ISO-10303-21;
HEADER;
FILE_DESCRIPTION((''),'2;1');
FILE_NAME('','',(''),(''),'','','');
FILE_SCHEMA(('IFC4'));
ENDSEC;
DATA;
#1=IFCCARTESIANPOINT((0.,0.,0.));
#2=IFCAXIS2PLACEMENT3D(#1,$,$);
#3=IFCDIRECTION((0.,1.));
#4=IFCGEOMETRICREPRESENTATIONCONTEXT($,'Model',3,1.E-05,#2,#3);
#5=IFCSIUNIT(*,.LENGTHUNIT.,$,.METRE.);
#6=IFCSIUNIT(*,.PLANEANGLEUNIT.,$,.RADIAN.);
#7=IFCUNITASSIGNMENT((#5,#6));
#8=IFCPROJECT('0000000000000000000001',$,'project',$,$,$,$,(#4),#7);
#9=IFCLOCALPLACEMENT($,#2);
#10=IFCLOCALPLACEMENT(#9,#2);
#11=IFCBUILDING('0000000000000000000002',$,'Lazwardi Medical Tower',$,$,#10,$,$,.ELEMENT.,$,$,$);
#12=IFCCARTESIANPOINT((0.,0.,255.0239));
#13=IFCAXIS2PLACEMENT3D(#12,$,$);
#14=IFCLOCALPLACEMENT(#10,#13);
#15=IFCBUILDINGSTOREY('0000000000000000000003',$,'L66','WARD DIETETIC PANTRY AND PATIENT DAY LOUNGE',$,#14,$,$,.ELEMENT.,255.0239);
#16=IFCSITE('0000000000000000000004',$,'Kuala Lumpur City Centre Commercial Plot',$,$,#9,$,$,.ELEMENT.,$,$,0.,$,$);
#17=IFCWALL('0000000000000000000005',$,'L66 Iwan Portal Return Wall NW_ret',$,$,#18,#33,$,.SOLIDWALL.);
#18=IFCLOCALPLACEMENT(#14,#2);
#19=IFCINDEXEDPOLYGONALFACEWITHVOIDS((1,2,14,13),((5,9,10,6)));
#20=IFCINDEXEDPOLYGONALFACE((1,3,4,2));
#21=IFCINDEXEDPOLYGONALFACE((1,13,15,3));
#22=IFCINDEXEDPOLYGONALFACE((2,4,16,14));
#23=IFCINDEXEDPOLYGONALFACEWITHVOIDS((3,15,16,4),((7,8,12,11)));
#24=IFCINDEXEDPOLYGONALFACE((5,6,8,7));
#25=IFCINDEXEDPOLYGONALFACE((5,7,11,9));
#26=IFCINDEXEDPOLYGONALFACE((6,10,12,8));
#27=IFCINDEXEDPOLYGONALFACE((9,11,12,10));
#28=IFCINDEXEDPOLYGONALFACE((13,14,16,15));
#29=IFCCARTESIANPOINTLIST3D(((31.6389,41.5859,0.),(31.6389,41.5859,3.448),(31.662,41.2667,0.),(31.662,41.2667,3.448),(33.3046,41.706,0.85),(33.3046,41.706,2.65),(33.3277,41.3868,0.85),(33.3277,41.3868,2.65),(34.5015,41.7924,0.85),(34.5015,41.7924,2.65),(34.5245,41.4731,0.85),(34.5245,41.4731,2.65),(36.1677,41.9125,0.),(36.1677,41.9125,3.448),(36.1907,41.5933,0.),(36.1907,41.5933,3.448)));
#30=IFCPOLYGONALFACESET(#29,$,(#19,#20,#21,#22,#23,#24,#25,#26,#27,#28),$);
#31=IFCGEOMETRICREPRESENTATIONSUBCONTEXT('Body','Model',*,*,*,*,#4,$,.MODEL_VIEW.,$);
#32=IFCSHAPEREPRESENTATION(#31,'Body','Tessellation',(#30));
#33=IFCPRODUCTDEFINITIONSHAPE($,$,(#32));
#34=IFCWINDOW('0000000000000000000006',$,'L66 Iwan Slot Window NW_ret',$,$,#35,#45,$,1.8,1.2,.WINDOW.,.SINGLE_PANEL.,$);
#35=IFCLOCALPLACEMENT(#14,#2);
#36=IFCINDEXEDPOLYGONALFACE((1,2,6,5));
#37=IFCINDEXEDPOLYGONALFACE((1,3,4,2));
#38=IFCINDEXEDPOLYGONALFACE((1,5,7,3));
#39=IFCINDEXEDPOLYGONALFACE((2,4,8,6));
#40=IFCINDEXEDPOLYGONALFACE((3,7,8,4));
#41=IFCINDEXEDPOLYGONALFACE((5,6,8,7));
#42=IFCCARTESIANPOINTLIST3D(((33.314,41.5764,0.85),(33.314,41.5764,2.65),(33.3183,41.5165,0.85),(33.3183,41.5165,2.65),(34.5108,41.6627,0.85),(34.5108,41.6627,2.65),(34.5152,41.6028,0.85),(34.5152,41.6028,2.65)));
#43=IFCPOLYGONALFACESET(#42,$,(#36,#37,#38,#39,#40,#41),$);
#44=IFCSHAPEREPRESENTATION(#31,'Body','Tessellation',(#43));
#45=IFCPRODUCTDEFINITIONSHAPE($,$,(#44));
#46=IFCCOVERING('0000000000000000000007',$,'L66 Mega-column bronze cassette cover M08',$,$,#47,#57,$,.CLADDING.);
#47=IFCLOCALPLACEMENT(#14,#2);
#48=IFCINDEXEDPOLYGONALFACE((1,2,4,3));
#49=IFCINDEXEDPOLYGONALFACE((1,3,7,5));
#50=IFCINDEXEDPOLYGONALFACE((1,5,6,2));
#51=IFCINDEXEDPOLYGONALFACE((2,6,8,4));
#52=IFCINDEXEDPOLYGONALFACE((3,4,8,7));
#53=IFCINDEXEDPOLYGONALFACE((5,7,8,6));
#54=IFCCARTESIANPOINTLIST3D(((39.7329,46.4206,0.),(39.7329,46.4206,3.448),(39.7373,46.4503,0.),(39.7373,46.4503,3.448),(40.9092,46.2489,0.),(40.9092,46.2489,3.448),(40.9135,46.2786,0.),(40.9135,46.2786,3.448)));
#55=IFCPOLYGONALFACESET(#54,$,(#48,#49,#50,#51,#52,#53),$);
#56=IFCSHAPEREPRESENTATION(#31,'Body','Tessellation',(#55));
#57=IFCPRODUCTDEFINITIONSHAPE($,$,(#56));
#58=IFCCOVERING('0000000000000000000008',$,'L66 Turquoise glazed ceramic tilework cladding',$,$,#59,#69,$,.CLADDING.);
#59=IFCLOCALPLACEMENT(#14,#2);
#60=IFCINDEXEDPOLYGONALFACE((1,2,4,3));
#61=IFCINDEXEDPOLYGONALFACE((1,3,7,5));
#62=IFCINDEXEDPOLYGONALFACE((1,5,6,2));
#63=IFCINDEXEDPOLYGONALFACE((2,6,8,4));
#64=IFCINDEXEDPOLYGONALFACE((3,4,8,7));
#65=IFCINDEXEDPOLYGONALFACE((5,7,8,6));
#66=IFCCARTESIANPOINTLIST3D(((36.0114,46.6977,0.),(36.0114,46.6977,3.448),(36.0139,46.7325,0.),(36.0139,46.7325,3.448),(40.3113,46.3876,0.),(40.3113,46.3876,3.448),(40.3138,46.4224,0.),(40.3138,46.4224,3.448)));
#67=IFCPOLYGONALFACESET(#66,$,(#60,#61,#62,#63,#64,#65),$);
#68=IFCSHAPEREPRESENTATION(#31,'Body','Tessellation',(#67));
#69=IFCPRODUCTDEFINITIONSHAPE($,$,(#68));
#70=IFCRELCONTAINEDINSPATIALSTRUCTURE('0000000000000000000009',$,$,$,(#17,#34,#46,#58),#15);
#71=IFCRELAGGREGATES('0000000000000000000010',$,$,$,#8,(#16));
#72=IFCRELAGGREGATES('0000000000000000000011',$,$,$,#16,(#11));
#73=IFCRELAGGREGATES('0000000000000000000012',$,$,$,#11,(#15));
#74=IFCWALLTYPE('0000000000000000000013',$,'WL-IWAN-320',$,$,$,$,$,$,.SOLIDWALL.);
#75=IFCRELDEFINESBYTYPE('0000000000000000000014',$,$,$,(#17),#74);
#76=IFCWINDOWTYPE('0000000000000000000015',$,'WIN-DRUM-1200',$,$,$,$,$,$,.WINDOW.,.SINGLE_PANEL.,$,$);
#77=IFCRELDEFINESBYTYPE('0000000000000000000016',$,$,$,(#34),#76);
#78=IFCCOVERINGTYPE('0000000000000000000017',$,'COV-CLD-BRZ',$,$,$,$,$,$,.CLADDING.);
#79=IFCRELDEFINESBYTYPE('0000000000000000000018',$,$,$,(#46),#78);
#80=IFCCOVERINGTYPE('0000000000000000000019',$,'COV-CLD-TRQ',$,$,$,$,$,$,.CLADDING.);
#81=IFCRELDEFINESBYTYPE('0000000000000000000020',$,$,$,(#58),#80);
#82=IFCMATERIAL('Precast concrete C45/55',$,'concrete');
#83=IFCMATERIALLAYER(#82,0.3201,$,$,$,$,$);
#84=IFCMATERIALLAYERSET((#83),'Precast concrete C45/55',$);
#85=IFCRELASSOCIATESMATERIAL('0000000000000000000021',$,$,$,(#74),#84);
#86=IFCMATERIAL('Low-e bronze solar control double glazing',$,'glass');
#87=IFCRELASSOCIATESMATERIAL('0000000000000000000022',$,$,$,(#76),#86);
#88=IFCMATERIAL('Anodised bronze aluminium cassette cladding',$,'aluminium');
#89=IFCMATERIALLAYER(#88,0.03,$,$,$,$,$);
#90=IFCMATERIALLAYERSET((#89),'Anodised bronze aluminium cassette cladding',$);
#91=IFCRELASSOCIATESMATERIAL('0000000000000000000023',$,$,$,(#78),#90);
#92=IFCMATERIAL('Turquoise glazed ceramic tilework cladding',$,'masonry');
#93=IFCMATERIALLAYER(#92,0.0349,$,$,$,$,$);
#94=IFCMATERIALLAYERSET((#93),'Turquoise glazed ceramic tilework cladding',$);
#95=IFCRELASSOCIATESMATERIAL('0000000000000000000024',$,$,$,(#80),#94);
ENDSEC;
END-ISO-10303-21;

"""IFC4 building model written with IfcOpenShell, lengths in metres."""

from ifc_helpers import new_model, si_unit, direction, frame, frame_2d, origin, origin_2d, place, context, subcontext, project, spatial, rectangle, extrude, material, layer, layer_set, type_object, element, fill, save


model = new_model("IFC4")

# Units and contexts
model_context = context("Model", 3, precision=1e-05, world=origin(), true_north=direction((0.0, 1.0)))
body_context = subcontext(model_context, "Body", "Model", "MODEL_VIEW")
ifc_project = project(units=[si_unit("LENGTHUNIT", "METRE"), si_unit("PLANEANGLEUNIT", "RADIAN")], contexts=[model_context])

# Site, building, storey
site_placement = place(None, origin())
site = spatial("IfcSite", under=ifc_project, at=site_placement, Name="Kuala Lumpur City Centre Commercial Plot", CompositionType="ELEMENT", RefElevation=0.0)
building_placement = place(site_placement, origin())
building = spatial("IfcBuilding", under=site, at=building_placement, Name="Lazwardi Medical Tower", CompositionType="ELEMENT")
storey_placement = place(building_placement, frame((0.0, 0.0, 255.0239)))
storey = spatial("IfcBuildingStorey", under=building, at=storey_placement, Name="L66", Description="WARD DIETETIC PANTRY AND PATIENT DAY LOUNGE", CompositionType="ELEMENT", Elevation=255.0239)

# Shared definitions
ifc_material_1 = material(Name="Low-e bronze solar control double glazing", Category="glass")

# Wall, opening, window
ifc_material_2 = material(Name="Precast concrete C45/55", Category="concrete")
ifc_layer_1 = layer(ifc_material_2, 0.3201)
ifc_layer_set_1 = layer_set([ifc_layer_1], Name="Precast concrete C45/55")
wall_type = type_object("IfcWallType", Name="WL-IWAN-320", PredefinedType="SOLIDWALL", material=ifc_layer_set_1)
wall_1_placement = place(storey_placement, frame((36.1792, 41.7529, 0.0), z_axis=(0.0, 0.0, 1.0), x_axis=(-0.997409, -0.071942, 0.0)))
wall_1 = element("IfcWall", 1, at=wall_1_placement, inside=storey, type_object=wall_type, Name="L66 Iwan Portal Return Wall NW_ret", PredefinedType="SOLIDWALL", context=body_context, shape_type="SweptSolid", body=[
    extrude(rectangle(XDim=4.5405, YDim=0.3201, at=frame_2d((2.2703, 0.0))), origin(), (0.0, 0.0, 1.0), 3.448),
])
opening_1_placement = place(wall_1_placement, frame((1.6704, 0.0, 0.8501)))
opening_1 = element("IfcOpeningElement", 2, at=opening_1_placement, cuts=wall_1, PredefinedType="OPENING", context=body_context, shape_type="SweptSolid", body=[
    extrude(rectangle(XDim=1.2, YDim=1.8, at=frame_2d((0.6001, 0.8999))), frame((0.0, 0.1699, 0.0), z_axis=(0.0, -1.0, 0.0), x_axis=(1.0, 0.0, 0.0)), (0.0, 0.0, 1.0), 0.3401),
])
window_type_1 = type_object("IfcWindowType", Name="WIN-DRUM-1200", PartitioningType="SINGLE_PANEL", PredefinedType="WINDOW", material=ifc_material_1)
window_1_placement = place(opening_1_placement, origin())
window_1 = element("IfcWindow", 3, at=window_1_placement, inside=storey, type_object=window_type_1, Name="L66 Iwan Slot Window NW_ret", OverallHeight=1.8, OverallWidth=1.2, PartitioningType="SINGLE_PANEL", PredefinedType="WINDOW", context=body_context, shape_type="SweptSolid", body=[
    extrude(rectangle(XDim=1.2, YDim=1.8, at=frame_2d((0.6001, 0.8999))), frame((0.0, 0.03, 0.0), z_axis=(0.0, -1.0, 0.0), x_axis=(1.0, 0.0, 0.0)), (0.0, 0.0, 1.0), 0.0601),
])
fill(opening_1, window_1)

# Coverings
ifc_material_3 = material(Name="Anodised bronze aluminium cassette cladding", Category="aluminium")
ifc_layer_2 = layer(ifc_material_3, 0.03)
ifc_layer_set_2 = layer_set([ifc_layer_2], Name="Anodised bronze aluminium cassette cladding")
covering_type_1 = type_object("IfcCoveringType", Name="COV-CLD-BRZ", PredefinedType="CLADDING", material=ifc_layer_set_2)
covering_1_placement = place(storey_placement, frame((40.3232, 46.3496, 0.0), z_axis=(0.0, 0.0, 1.0), x_axis=(-0.989512, 0.144448, 0.0)))
element("IfcCovering", 4, at=covering_1_placement, inside=storey, type_object=covering_type_1, Name="L66 Mega-column bronze cassette cover M08", PredefinedType="CLADDING", context=body_context, shape_type="SweptSolid", body=[
    extrude(rectangle(XDim=1.1887, YDim=0.03, at=origin_2d()), origin(), (0.0, 0.0, 1.0), 3.448),
])
ifc_material_4 = material(Name="Turquoise glazed ceramic tilework cladding", Category="masonry")
ifc_layer_3 = layer(ifc_material_4, 0.0349)
ifc_layer_set_3 = layer_set([ifc_layer_3], Name="Turquoise glazed ceramic tilework cladding")
covering_type_2 = type_object("IfcCoveringType", Name="COV-CLD-TRQ", PredefinedType="CLADDING", material=ifc_layer_set_3)
covering_2_placement = place(storey_placement, frame((38.1626, 46.5601, 0.0), z_axis=(0.0, 0.0, 1.0), x_axis=(-0.997409, 0.071933, 0.0)))
element("IfcCovering", 5, at=covering_2_placement, inside=storey, type_object=covering_type_2, Name="L66 Turquoise glazed ceramic tilework cladding", PredefinedType="CLADDING", context=body_context, shape_type="SweptSolid", body=[
    extrude(rectangle(XDim=4.311, YDim=0.0349, at=origin_2d()), origin(), (0.0, 0.0, 1.0), 3.448),
])

save(model, "model.ifc")
